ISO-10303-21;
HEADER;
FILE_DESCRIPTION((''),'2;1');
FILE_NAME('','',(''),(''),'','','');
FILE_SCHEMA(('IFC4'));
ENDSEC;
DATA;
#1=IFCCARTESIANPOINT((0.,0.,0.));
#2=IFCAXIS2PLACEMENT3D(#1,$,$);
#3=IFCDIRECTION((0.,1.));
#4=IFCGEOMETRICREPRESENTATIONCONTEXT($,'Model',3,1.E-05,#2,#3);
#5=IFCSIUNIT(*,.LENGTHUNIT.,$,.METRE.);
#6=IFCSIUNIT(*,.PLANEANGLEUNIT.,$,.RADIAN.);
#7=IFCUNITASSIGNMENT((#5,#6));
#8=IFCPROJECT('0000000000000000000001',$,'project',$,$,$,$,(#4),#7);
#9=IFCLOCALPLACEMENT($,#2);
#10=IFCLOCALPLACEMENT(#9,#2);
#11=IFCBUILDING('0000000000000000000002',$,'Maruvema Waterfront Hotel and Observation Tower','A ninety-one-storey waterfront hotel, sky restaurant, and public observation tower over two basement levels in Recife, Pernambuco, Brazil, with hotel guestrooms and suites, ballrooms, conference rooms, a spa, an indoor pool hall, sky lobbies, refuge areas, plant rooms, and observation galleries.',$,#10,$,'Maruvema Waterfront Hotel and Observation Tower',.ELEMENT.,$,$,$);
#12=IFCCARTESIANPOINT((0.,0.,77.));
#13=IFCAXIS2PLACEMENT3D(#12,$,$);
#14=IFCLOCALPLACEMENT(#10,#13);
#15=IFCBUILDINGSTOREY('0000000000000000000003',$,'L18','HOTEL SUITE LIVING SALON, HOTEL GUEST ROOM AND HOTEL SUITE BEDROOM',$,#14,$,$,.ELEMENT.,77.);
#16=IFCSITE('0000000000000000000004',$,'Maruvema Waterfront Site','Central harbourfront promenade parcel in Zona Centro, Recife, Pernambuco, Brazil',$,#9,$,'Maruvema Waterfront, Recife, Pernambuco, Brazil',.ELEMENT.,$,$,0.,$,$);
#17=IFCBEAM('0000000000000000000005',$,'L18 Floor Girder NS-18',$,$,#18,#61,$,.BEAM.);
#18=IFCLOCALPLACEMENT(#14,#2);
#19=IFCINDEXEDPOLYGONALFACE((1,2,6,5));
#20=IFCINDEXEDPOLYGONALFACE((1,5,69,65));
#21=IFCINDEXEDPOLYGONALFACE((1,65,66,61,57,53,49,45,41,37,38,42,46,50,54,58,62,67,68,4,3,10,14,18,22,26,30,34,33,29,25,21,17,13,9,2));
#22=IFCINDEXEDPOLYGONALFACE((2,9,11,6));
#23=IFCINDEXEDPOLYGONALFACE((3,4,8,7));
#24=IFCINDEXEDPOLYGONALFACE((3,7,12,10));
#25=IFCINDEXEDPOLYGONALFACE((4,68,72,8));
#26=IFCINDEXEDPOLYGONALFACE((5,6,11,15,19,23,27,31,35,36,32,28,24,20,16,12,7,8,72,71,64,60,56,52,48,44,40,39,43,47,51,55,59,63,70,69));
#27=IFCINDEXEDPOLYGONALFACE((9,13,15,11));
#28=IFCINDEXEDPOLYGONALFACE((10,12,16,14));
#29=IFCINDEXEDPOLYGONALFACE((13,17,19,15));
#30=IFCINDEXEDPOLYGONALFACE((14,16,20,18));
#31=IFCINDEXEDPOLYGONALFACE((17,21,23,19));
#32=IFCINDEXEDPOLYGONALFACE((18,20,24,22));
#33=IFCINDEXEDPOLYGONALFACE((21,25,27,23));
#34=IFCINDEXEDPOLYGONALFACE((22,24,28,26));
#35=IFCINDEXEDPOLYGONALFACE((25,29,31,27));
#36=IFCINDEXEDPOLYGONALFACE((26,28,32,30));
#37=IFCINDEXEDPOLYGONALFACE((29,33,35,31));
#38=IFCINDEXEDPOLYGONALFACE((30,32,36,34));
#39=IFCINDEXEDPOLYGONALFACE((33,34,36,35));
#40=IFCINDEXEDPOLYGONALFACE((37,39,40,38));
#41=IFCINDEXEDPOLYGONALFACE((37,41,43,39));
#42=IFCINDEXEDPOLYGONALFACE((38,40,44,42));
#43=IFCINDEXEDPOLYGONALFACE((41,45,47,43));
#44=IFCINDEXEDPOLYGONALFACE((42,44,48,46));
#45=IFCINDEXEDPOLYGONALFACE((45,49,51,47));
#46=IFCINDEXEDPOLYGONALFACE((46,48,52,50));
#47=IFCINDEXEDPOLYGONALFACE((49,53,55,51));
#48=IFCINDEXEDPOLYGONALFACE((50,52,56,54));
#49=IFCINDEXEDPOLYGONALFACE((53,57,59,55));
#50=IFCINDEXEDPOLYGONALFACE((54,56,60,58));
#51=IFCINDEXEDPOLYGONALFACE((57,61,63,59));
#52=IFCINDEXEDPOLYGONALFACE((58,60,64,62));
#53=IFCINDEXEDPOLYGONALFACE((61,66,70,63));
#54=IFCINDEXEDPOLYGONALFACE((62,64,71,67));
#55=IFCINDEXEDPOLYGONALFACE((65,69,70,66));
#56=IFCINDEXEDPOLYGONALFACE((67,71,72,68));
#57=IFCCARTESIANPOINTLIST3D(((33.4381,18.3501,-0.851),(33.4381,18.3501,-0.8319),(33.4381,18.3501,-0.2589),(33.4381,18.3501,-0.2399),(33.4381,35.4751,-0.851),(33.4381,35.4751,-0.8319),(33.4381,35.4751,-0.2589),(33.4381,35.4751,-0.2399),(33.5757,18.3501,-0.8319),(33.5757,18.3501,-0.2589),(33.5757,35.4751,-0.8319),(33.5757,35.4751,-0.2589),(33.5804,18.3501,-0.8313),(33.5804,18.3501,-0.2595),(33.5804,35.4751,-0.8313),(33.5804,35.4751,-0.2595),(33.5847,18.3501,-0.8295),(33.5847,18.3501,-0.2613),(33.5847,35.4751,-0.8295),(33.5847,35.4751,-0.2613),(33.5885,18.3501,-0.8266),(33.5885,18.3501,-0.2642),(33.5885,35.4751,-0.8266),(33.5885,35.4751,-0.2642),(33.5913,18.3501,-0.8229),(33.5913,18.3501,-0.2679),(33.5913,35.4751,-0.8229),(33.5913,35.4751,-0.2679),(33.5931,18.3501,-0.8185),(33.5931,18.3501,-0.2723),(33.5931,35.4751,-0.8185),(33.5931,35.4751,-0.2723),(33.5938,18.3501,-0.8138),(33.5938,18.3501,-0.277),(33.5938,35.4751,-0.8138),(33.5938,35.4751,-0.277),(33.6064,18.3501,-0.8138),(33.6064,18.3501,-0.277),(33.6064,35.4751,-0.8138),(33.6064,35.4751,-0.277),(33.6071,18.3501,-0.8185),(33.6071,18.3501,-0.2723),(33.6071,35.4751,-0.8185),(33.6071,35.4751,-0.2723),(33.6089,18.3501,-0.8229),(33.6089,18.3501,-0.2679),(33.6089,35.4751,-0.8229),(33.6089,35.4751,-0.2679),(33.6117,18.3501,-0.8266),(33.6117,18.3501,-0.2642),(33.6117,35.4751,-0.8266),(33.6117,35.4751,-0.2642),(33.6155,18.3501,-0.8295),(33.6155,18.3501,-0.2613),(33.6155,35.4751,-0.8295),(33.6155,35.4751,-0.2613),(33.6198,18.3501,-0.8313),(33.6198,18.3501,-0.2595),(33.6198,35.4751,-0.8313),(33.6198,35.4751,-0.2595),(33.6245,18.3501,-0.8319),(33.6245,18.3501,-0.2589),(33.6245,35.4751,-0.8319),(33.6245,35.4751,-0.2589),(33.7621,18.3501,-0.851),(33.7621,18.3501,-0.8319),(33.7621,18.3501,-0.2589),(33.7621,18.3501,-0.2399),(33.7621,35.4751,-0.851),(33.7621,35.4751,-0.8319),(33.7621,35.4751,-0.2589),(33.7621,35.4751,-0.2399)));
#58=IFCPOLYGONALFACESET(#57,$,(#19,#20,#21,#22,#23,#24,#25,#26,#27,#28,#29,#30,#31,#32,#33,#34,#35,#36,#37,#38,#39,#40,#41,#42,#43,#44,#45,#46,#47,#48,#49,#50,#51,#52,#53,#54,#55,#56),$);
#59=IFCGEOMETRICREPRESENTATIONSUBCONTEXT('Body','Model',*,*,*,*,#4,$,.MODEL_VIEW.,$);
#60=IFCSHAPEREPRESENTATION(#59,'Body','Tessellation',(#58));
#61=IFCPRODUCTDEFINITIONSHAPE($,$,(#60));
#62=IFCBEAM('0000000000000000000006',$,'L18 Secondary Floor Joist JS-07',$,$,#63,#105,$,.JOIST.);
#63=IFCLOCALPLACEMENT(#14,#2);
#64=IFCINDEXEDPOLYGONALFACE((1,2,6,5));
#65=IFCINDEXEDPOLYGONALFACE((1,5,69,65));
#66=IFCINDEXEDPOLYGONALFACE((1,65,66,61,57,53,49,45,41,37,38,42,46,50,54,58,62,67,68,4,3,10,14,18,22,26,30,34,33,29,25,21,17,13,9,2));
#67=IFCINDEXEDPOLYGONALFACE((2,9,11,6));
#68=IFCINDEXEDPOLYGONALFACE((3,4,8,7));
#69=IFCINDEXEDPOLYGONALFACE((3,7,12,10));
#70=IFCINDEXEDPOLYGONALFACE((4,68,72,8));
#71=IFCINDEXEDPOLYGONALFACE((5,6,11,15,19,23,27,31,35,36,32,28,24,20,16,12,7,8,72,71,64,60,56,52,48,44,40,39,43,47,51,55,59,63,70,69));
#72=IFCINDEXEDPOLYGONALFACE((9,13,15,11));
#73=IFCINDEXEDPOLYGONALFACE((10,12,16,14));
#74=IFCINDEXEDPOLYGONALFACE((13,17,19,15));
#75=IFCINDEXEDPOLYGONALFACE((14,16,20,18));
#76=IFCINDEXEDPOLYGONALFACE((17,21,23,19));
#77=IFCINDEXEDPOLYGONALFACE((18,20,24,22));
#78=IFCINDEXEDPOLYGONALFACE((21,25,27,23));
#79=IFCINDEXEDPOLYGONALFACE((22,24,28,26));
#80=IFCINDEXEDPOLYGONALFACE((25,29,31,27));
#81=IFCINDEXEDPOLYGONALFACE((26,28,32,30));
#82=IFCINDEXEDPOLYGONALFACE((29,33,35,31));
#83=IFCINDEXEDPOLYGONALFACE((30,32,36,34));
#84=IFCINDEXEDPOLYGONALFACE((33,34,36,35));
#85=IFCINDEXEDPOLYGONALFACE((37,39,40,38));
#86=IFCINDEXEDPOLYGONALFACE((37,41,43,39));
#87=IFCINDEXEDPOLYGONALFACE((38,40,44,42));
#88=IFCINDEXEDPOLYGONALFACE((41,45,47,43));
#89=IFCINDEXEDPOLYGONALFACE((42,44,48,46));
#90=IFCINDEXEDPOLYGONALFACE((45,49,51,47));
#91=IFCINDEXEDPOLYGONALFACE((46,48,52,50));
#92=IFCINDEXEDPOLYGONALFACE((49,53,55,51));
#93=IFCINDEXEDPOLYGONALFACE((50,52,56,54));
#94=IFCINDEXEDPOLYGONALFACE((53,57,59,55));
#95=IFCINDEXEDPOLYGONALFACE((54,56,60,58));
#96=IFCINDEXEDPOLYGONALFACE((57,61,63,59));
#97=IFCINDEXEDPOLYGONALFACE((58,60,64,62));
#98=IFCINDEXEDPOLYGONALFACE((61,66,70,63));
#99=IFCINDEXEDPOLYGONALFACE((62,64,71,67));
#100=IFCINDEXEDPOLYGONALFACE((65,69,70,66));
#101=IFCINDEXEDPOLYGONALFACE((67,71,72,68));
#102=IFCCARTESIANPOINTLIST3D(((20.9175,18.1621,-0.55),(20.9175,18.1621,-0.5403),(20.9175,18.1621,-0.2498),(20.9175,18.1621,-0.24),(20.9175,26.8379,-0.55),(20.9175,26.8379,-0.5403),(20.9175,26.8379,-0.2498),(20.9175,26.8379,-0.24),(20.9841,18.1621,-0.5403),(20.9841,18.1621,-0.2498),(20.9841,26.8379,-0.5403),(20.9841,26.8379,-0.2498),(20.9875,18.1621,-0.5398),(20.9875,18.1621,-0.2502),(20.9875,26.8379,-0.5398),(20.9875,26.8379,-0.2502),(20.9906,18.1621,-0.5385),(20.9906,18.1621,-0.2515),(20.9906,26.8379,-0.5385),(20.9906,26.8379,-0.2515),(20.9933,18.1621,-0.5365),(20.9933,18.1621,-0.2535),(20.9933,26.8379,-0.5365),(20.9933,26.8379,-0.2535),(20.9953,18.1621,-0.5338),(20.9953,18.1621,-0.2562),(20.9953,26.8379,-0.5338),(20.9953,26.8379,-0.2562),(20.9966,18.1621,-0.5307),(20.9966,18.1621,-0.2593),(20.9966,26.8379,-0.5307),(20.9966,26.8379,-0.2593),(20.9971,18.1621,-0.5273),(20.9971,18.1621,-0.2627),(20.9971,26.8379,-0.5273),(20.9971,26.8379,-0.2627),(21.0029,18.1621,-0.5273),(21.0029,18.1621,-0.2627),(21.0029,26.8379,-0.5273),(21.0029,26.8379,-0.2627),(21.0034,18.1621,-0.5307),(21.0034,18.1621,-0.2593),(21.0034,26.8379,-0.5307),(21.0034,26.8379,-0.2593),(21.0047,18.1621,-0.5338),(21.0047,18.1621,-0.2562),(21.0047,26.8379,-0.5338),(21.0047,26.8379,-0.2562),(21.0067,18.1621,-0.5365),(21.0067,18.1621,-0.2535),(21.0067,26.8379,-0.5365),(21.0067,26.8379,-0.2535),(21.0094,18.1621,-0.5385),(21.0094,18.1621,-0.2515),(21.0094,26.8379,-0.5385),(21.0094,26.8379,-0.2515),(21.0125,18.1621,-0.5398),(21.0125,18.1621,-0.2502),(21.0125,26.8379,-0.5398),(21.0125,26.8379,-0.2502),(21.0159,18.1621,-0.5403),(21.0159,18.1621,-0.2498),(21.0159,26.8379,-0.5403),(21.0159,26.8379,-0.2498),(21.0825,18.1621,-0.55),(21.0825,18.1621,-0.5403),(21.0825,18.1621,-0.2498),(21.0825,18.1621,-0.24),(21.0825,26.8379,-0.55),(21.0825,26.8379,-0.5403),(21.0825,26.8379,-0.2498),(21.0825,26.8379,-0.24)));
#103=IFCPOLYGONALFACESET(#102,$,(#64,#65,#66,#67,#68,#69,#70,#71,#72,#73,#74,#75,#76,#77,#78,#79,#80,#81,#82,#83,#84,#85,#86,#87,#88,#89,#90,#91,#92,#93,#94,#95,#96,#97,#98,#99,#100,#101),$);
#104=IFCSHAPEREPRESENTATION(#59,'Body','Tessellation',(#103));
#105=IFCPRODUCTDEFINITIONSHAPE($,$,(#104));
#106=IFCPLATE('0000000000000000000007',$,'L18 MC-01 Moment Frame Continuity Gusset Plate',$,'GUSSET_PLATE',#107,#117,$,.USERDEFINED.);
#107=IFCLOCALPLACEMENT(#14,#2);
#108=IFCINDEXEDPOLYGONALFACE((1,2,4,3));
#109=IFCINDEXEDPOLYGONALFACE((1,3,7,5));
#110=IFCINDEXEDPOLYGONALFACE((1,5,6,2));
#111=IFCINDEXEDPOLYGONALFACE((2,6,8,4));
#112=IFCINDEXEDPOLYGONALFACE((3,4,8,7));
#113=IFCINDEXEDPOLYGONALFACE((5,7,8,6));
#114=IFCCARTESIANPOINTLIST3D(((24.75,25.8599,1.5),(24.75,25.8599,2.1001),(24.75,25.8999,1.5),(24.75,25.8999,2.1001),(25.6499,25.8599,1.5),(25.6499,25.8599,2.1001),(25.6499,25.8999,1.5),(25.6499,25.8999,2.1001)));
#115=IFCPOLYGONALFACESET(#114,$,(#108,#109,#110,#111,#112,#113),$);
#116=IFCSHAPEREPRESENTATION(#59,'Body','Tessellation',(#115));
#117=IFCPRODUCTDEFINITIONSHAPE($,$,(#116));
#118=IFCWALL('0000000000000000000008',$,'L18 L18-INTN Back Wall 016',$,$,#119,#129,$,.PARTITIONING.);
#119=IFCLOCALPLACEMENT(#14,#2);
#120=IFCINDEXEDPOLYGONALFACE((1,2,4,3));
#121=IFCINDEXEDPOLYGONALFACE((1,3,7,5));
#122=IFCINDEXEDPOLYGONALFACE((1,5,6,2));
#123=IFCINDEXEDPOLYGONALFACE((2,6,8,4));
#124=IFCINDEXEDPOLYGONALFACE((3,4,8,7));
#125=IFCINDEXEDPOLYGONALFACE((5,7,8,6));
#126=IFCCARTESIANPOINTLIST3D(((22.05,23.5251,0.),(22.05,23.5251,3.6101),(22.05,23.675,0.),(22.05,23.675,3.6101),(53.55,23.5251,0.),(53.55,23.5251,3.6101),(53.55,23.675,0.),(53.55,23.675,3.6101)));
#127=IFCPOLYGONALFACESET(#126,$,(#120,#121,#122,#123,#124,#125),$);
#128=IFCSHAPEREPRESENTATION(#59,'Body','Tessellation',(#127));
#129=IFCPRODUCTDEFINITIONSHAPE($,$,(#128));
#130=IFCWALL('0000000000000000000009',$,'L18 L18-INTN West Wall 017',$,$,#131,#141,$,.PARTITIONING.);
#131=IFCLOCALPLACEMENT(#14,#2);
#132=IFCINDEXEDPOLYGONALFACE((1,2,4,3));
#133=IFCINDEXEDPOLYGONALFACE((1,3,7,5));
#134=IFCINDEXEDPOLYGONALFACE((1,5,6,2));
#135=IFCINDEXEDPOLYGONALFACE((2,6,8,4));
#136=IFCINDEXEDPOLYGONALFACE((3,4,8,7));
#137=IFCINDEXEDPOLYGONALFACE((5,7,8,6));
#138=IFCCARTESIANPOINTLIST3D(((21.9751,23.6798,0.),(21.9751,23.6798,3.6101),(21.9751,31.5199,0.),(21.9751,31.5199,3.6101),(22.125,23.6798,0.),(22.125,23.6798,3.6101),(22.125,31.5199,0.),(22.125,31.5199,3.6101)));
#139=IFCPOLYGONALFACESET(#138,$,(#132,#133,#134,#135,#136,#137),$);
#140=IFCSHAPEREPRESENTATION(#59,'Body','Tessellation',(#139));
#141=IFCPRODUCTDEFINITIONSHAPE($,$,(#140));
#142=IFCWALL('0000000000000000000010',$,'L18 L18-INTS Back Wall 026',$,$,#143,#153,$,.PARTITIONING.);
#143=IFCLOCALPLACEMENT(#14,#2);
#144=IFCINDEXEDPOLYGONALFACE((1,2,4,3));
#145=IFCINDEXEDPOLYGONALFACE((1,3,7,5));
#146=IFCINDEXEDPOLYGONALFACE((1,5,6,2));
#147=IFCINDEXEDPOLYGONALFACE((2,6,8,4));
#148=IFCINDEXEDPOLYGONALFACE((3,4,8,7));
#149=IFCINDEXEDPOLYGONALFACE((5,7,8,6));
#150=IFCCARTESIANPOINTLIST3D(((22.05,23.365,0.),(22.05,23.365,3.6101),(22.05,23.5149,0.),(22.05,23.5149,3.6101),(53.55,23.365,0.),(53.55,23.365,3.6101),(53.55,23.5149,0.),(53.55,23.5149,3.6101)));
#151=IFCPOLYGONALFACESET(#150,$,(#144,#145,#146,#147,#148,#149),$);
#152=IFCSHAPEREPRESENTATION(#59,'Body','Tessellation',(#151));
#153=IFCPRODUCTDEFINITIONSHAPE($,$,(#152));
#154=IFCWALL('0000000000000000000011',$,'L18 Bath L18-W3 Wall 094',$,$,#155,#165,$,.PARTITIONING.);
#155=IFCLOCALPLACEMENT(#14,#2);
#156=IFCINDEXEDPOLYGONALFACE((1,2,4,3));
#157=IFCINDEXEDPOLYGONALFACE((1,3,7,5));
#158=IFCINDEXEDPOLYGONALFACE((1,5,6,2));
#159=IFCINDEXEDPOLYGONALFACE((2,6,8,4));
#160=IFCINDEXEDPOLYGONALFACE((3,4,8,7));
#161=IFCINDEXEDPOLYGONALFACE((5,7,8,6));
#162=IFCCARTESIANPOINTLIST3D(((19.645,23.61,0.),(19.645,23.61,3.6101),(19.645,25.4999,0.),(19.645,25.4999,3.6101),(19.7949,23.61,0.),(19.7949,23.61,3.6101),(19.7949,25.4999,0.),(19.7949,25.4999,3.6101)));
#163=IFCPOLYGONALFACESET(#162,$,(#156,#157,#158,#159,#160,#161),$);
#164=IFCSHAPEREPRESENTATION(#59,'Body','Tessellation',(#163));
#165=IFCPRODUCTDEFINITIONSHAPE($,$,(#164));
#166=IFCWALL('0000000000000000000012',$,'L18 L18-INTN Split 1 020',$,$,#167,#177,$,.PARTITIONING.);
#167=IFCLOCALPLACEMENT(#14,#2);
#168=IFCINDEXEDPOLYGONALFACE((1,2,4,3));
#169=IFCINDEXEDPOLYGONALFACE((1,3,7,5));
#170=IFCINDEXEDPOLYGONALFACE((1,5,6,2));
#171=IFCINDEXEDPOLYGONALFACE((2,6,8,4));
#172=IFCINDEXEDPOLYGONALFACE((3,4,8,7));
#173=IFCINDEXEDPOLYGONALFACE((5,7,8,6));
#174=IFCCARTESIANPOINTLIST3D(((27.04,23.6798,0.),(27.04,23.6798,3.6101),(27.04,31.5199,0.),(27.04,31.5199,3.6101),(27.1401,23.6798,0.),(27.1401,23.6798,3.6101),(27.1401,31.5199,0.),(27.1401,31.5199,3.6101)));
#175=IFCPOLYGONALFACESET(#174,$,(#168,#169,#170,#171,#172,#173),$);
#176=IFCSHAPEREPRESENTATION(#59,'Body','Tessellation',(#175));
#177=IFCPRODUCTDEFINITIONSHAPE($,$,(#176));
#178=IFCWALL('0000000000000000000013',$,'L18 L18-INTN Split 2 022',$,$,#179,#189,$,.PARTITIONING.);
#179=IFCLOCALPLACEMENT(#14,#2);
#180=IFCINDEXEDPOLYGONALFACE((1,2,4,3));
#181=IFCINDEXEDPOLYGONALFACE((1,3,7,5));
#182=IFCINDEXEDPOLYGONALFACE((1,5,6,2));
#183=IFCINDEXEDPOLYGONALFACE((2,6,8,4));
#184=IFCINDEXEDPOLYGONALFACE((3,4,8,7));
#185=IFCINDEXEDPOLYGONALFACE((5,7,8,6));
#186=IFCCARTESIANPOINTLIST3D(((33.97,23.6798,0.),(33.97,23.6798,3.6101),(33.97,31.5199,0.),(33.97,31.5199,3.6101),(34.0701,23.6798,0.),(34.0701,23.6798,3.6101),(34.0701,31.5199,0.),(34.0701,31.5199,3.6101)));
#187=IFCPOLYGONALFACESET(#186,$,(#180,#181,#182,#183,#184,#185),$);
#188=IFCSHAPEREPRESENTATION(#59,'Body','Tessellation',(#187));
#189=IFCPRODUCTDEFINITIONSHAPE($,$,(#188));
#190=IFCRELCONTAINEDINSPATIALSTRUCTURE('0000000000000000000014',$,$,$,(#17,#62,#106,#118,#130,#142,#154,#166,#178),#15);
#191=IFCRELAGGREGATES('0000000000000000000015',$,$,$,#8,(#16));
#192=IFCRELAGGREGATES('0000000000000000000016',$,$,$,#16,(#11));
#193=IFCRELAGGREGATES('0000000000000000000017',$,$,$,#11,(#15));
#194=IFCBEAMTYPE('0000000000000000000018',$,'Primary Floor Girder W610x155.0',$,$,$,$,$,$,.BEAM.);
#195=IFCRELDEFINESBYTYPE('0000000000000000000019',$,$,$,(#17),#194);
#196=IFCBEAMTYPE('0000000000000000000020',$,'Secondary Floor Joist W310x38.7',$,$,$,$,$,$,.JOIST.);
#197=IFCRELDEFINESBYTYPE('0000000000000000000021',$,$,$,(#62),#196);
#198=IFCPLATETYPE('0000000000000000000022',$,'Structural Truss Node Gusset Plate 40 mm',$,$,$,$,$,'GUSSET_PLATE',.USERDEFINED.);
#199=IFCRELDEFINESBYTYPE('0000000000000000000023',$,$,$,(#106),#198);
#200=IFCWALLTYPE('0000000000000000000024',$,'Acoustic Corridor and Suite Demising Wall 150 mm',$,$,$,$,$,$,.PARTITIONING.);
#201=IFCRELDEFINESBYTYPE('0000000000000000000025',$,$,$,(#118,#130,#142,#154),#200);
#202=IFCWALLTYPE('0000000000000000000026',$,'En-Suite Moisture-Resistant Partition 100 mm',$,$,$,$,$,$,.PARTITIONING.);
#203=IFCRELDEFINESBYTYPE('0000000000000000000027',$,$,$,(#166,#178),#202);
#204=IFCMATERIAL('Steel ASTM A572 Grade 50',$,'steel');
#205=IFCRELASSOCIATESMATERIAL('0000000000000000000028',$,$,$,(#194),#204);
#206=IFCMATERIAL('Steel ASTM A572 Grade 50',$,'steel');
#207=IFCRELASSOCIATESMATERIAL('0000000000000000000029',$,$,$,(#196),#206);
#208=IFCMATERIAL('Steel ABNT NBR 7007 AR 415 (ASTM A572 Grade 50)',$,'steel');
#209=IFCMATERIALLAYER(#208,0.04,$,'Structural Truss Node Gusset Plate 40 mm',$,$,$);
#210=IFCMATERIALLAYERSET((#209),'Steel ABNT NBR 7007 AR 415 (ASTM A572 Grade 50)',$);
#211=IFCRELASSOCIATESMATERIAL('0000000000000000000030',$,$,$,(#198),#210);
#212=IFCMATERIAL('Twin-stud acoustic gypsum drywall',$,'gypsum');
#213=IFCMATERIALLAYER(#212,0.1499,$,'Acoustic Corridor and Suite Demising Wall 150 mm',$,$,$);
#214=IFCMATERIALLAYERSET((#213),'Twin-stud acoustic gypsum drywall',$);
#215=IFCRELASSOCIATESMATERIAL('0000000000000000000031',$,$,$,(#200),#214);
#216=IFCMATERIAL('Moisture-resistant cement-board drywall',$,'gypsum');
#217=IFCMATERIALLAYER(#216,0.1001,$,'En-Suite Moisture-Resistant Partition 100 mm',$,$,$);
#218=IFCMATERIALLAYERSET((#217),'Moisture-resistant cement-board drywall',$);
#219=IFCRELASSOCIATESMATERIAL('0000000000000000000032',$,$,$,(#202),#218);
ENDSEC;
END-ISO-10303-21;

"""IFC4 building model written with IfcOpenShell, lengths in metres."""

from ifc_helpers import new_model, si_unit, direction, frame, frame_2d, origin, origin_2d, place, context, subcontext, project, spatial, rectangle, i_section, extrude, material, layer, layer_set, material_profile, profile_set, type_object, element, save


model = new_model("IFC4")

# Units and contexts
model_context = context("Model", 3, precision=1e-05, world=origin(), true_north=direction((0.0, 1.0)))
body_context = subcontext(model_context, "Body", "Model", "MODEL_VIEW")
ifc_project = project(units=[si_unit("LENGTHUNIT", "METRE"), si_unit("PLANEANGLEUNIT", "RADIAN")], contexts=[model_context])

# Site, building, storey
site_placement = place(None, origin())
site = spatial("IfcSite", under=ifc_project, at=site_placement, Name="Maruvema Waterfront Site", Description="Central harbourfront promenade parcel in Zona Centro, Recife, Pernambuco, Brazil", LongName="Maruvema Waterfront, Recife, Pernambuco, Brazil", CompositionType="ELEMENT", RefElevation=0.0)
building_placement = place(site_placement, origin())
building = spatial("IfcBuilding", under=site, at=building_placement, Name="Maruvema Waterfront Hotel and Observation Tower", Description="A ninety-one-storey waterfront hotel, sky restaurant, and public observation tower over two basement levels in Recife, Pernambuco, Brazil, with hotel guestrooms and suites, ballrooms, conference rooms, a spa, an indoor pool hall, sky lobbies, refuge areas, plant rooms, and observation galleries.", LongName="Maruvema Waterfront Hotel and Observation Tower", CompositionType="ELEMENT")
storey_placement = place(building_placement, frame((0.0, 0.0, 77.0)))
storey = spatial("IfcBuildingStorey", under=building, at=storey_placement, Name="L18", Description="HOTEL SUITE LIVING SALON, HOTEL GUEST ROOM AND HOTEL SUITE BEDROOM", CompositionType="ELEMENT", Elevation=77.0)

# Beams
ifc_material_1 = material(Name="Steel ASTM A572 Grade 50", Category="steel")
ifc_material_profile_1 = material_profile(ifc_material_1, i_section(OverallWidth=0.324, OverallDepth=0.6111, WebThickness=0.0127, FlangeThickness=0.019, FilletRadius=0.0181, at=origin_2d()), Name="W610x155.0")
ifc_profile_set_1 = profile_set([ifc_material_profile_1], Name="Steel ASTM A572 Grade 50")
beam_type_1 = type_object("IfcBeamType", Name="Primary Floor Girder W610x155.0", PredefinedType="BEAM", material=ifc_profile_set_1)
beam_1_placement = place(storey_placement, frame((33.6001, 18.3501, -0.5454), z_axis=(0.0, 1.0, 0.0), x_axis=(-1.0, 0.0, 0.0)))
element("IfcBeam", 1, at=beam_1_placement, inside=storey, type_object=beam_type_1, Name="L18 Floor Girder NS-18", PredefinedType="BEAM", context=body_context, shape_type="SweptSolid", body=[
    extrude(i_section(OverallWidth=0.324, OverallDepth=0.6111, WebThickness=0.0127, FlangeThickness=0.019, FilletRadius=0.0181, at=origin_2d()), origin(), (0.0, 0.0, 1.0), 17.125),
])
ifc_material_2 = material(Name="Steel ASTM A572 Grade 50", Category="steel")
ifc_material_profile_2 = material_profile(ifc_material_2, i_section(OverallWidth=0.165, OverallDepth=0.3101, WebThickness=0.0059, FlangeThickness=0.0098, FilletRadius=0.0129, at=origin_2d()), Name="W310x38.7")
ifc_profile_set_2 = profile_set([ifc_material_profile_2], Name="Steel ASTM A572 Grade 50")
beam_type_2 = type_object("IfcBeamType", Name="Secondary Floor Joist W310x38.7", PredefinedType="JOIST", material=ifc_profile_set_2)
beam_2_placement = place(storey_placement, frame((21.0, 18.1621, -0.395), z_axis=(0.0, 1.0, 0.0), x_axis=(-1.0, 0.0, 0.0)))
element("IfcBeam", 2, at=beam_2_placement, inside=storey, type_object=beam_type_2, Name="L18 Secondary Floor Joist JS-07", PredefinedType="JOIST", context=body_context, shape_type="SweptSolid", body=[
    extrude(i_section(OverallWidth=0.165, OverallDepth=0.3101, WebThickness=0.0059, FlangeThickness=0.0098, FilletRadius=0.0129, at=origin_2d()), origin(), (0.0, 0.0, 1.0), 8.6758),
])

# Plate
ifc_material_3 = material(Name="Steel ABNT NBR 7007 AR 415 (ASTM A572 Grade 50)", Category="steel")
ifc_layer_1 = layer(ifc_material_3, 0.04, Name="Structural Truss Node Gusset Plate 40 mm")
ifc_layer_set_1 = layer_set([ifc_layer_1], Name="Steel ABNT NBR 7007 AR 415 (ASTM A572 Grade 50)")
plate_type = type_object("IfcPlateType", Name="Structural Truss Node Gusset Plate 40 mm", ElementType="GUSSET_PLATE", PredefinedType="USERDEFINED", material=ifc_layer_set_1)
plate_placement = place(storey_placement, frame((25.2, 25.8799, 1.5), z_axis=(0.0, 0.0, 1.0), x_axis=(1.0, 0.0, 0.0)))
element("IfcPlate", 3, at=plate_placement, inside=storey, type_object=plate_type, Name="L18 MC-01 Moment Frame Continuity Gusset Plate", ObjectType="GUSSET_PLATE", PredefinedType="USERDEFINED", context=body_context, shape_type="SweptSolid", body=[
    extrude(rectangle(XDim=0.8999, YDim=0.04, at=origin_2d()), origin(), (0.0, 0.0, 1.0), 0.6001),
])

# Walls
ifc_material_4 = material(Name="Twin-stud acoustic gypsum drywall", Category="gypsum")
ifc_layer_2 = layer(ifc_material_4, 0.1499, Name="Acoustic Corridor and Suite Demising Wall 150 mm")
ifc_layer_set_2 = layer_set([ifc_layer_2], Name="Twin-stud acoustic gypsum drywall")
wall_type_1 = type_object("IfcWallType", Name="Acoustic Corridor and Suite Demising Wall 150 mm", PredefinedType="PARTITIONING", material=ifc_layer_set_2)
wall_1_placement = place(storey_placement, frame((22.05, 23.6001, 0.0), z_axis=(0.0, 0.0, 1.0), x_axis=(1.0, 0.0, 0.0)))
element("IfcWall", 4, at=wall_1_placement, inside=storey, type_object=wall_type_1, Name="L18 L18-INTN Back Wall 016", PredefinedType="PARTITIONING", context=body_context, shape_type="SweptSolid", body=[
    extrude(rectangle(XDim=31.5, YDim=0.1499, at=frame_2d((15.75, 0.0))), origin(), (0.0, 0.0, 1.0), 3.6101),
])
wall_2_placement = place(storey_placement, frame((22.05, 23.6799, 0.0), z_axis=(0.0, 0.0, 1.0), x_axis=(0.0, 1.0, 0.0)))
element("IfcWall", 5, at=wall_2_placement, inside=storey, type_object=wall_type_1, Name="L18 L18-INTN West Wall 017", PredefinedType="PARTITIONING", context=body_context, shape_type="SweptSolid", body=[
    extrude(rectangle(XDim=7.8401, YDim=0.1499, at=frame_2d((3.9199, 0.0))), origin(), (0.0, 0.0, 1.0), 3.6101),
])
wall_3_placement = place(storey_placement, frame((22.05, 23.4399, 0.0), z_axis=(0.0, 0.0, 1.0), x_axis=(1.0, 0.0, 0.0)))
element("IfcWall", 6, at=wall_3_placement, inside=storey, type_object=wall_type_1, Name="L18 L18-INTS Back Wall 026", PredefinedType="PARTITIONING", context=body_context, shape_type="SweptSolid", body=[
    extrude(rectangle(XDim=31.5, YDim=0.1499, at=frame_2d((15.75, 0.0))), origin(), (0.0, 0.0, 1.0), 3.6101),
])
wall_4_placement = place(storey_placement, frame((19.72, 23.6101, 0.0), z_axis=(0.0, 0.0, 1.0), x_axis=(0.0, 1.0, 0.0)))
element("IfcWall", 7, at=wall_4_placement, inside=storey, type_object=wall_type_1, Name="L18 Bath L18-W3 Wall 094", PredefinedType="PARTITIONING", context=body_context, shape_type="SweptSolid", body=[
    extrude(rectangle(XDim=1.8899, YDim=0.1499, at=frame_2d((0.9448, 0.0))), origin(), (0.0, 0.0, 1.0), 3.6101),
])

# Walls
ifc_material_5 = material(Name="Moisture-resistant cement-board drywall", Category="gypsum")
ifc_layer_3 = layer(ifc_material_5, 0.1001, Name="En-Suite Moisture-Resistant Partition 100 mm")
ifc_layer_set_3 = layer_set([ifc_layer_3], Name="Moisture-resistant cement-board drywall")
wall_type_2 = type_object("IfcWallType", Name="En-Suite Moisture-Resistant Partition 100 mm", PredefinedType="PARTITIONING", material=ifc_layer_set_3)
for number, where, z_axis, x_axis, name in (
    (8, (27.0901, 23.6799, 0.0), (0.0, 0.0, 1.0), (0.0, 1.0, 0.0), "L18 L18-INTN Split 1 020"),
    (9, (34.02, 23.6799, 0.0), (0.0, 0.0, 1.0), (0.0, 1.0, 0.0), "L18 L18-INTN Split 2 022"),
):
    element("IfcWall", number, at=place(storey_placement, frame(where, z_axis=z_axis, x_axis=x_axis)), inside=storey, type_object=wall_type_2, Name=name, PredefinedType="PARTITIONING", context=body_context, shape_type="SweptSolid", body=[
        extrude(rectangle(XDim=7.8401, YDim=0.1001, at=frame_2d((3.9199, 0.0))), origin(), (0.0, 0.0, 1.0), 3.6101),
    ])

save(model, "model.ifc")
